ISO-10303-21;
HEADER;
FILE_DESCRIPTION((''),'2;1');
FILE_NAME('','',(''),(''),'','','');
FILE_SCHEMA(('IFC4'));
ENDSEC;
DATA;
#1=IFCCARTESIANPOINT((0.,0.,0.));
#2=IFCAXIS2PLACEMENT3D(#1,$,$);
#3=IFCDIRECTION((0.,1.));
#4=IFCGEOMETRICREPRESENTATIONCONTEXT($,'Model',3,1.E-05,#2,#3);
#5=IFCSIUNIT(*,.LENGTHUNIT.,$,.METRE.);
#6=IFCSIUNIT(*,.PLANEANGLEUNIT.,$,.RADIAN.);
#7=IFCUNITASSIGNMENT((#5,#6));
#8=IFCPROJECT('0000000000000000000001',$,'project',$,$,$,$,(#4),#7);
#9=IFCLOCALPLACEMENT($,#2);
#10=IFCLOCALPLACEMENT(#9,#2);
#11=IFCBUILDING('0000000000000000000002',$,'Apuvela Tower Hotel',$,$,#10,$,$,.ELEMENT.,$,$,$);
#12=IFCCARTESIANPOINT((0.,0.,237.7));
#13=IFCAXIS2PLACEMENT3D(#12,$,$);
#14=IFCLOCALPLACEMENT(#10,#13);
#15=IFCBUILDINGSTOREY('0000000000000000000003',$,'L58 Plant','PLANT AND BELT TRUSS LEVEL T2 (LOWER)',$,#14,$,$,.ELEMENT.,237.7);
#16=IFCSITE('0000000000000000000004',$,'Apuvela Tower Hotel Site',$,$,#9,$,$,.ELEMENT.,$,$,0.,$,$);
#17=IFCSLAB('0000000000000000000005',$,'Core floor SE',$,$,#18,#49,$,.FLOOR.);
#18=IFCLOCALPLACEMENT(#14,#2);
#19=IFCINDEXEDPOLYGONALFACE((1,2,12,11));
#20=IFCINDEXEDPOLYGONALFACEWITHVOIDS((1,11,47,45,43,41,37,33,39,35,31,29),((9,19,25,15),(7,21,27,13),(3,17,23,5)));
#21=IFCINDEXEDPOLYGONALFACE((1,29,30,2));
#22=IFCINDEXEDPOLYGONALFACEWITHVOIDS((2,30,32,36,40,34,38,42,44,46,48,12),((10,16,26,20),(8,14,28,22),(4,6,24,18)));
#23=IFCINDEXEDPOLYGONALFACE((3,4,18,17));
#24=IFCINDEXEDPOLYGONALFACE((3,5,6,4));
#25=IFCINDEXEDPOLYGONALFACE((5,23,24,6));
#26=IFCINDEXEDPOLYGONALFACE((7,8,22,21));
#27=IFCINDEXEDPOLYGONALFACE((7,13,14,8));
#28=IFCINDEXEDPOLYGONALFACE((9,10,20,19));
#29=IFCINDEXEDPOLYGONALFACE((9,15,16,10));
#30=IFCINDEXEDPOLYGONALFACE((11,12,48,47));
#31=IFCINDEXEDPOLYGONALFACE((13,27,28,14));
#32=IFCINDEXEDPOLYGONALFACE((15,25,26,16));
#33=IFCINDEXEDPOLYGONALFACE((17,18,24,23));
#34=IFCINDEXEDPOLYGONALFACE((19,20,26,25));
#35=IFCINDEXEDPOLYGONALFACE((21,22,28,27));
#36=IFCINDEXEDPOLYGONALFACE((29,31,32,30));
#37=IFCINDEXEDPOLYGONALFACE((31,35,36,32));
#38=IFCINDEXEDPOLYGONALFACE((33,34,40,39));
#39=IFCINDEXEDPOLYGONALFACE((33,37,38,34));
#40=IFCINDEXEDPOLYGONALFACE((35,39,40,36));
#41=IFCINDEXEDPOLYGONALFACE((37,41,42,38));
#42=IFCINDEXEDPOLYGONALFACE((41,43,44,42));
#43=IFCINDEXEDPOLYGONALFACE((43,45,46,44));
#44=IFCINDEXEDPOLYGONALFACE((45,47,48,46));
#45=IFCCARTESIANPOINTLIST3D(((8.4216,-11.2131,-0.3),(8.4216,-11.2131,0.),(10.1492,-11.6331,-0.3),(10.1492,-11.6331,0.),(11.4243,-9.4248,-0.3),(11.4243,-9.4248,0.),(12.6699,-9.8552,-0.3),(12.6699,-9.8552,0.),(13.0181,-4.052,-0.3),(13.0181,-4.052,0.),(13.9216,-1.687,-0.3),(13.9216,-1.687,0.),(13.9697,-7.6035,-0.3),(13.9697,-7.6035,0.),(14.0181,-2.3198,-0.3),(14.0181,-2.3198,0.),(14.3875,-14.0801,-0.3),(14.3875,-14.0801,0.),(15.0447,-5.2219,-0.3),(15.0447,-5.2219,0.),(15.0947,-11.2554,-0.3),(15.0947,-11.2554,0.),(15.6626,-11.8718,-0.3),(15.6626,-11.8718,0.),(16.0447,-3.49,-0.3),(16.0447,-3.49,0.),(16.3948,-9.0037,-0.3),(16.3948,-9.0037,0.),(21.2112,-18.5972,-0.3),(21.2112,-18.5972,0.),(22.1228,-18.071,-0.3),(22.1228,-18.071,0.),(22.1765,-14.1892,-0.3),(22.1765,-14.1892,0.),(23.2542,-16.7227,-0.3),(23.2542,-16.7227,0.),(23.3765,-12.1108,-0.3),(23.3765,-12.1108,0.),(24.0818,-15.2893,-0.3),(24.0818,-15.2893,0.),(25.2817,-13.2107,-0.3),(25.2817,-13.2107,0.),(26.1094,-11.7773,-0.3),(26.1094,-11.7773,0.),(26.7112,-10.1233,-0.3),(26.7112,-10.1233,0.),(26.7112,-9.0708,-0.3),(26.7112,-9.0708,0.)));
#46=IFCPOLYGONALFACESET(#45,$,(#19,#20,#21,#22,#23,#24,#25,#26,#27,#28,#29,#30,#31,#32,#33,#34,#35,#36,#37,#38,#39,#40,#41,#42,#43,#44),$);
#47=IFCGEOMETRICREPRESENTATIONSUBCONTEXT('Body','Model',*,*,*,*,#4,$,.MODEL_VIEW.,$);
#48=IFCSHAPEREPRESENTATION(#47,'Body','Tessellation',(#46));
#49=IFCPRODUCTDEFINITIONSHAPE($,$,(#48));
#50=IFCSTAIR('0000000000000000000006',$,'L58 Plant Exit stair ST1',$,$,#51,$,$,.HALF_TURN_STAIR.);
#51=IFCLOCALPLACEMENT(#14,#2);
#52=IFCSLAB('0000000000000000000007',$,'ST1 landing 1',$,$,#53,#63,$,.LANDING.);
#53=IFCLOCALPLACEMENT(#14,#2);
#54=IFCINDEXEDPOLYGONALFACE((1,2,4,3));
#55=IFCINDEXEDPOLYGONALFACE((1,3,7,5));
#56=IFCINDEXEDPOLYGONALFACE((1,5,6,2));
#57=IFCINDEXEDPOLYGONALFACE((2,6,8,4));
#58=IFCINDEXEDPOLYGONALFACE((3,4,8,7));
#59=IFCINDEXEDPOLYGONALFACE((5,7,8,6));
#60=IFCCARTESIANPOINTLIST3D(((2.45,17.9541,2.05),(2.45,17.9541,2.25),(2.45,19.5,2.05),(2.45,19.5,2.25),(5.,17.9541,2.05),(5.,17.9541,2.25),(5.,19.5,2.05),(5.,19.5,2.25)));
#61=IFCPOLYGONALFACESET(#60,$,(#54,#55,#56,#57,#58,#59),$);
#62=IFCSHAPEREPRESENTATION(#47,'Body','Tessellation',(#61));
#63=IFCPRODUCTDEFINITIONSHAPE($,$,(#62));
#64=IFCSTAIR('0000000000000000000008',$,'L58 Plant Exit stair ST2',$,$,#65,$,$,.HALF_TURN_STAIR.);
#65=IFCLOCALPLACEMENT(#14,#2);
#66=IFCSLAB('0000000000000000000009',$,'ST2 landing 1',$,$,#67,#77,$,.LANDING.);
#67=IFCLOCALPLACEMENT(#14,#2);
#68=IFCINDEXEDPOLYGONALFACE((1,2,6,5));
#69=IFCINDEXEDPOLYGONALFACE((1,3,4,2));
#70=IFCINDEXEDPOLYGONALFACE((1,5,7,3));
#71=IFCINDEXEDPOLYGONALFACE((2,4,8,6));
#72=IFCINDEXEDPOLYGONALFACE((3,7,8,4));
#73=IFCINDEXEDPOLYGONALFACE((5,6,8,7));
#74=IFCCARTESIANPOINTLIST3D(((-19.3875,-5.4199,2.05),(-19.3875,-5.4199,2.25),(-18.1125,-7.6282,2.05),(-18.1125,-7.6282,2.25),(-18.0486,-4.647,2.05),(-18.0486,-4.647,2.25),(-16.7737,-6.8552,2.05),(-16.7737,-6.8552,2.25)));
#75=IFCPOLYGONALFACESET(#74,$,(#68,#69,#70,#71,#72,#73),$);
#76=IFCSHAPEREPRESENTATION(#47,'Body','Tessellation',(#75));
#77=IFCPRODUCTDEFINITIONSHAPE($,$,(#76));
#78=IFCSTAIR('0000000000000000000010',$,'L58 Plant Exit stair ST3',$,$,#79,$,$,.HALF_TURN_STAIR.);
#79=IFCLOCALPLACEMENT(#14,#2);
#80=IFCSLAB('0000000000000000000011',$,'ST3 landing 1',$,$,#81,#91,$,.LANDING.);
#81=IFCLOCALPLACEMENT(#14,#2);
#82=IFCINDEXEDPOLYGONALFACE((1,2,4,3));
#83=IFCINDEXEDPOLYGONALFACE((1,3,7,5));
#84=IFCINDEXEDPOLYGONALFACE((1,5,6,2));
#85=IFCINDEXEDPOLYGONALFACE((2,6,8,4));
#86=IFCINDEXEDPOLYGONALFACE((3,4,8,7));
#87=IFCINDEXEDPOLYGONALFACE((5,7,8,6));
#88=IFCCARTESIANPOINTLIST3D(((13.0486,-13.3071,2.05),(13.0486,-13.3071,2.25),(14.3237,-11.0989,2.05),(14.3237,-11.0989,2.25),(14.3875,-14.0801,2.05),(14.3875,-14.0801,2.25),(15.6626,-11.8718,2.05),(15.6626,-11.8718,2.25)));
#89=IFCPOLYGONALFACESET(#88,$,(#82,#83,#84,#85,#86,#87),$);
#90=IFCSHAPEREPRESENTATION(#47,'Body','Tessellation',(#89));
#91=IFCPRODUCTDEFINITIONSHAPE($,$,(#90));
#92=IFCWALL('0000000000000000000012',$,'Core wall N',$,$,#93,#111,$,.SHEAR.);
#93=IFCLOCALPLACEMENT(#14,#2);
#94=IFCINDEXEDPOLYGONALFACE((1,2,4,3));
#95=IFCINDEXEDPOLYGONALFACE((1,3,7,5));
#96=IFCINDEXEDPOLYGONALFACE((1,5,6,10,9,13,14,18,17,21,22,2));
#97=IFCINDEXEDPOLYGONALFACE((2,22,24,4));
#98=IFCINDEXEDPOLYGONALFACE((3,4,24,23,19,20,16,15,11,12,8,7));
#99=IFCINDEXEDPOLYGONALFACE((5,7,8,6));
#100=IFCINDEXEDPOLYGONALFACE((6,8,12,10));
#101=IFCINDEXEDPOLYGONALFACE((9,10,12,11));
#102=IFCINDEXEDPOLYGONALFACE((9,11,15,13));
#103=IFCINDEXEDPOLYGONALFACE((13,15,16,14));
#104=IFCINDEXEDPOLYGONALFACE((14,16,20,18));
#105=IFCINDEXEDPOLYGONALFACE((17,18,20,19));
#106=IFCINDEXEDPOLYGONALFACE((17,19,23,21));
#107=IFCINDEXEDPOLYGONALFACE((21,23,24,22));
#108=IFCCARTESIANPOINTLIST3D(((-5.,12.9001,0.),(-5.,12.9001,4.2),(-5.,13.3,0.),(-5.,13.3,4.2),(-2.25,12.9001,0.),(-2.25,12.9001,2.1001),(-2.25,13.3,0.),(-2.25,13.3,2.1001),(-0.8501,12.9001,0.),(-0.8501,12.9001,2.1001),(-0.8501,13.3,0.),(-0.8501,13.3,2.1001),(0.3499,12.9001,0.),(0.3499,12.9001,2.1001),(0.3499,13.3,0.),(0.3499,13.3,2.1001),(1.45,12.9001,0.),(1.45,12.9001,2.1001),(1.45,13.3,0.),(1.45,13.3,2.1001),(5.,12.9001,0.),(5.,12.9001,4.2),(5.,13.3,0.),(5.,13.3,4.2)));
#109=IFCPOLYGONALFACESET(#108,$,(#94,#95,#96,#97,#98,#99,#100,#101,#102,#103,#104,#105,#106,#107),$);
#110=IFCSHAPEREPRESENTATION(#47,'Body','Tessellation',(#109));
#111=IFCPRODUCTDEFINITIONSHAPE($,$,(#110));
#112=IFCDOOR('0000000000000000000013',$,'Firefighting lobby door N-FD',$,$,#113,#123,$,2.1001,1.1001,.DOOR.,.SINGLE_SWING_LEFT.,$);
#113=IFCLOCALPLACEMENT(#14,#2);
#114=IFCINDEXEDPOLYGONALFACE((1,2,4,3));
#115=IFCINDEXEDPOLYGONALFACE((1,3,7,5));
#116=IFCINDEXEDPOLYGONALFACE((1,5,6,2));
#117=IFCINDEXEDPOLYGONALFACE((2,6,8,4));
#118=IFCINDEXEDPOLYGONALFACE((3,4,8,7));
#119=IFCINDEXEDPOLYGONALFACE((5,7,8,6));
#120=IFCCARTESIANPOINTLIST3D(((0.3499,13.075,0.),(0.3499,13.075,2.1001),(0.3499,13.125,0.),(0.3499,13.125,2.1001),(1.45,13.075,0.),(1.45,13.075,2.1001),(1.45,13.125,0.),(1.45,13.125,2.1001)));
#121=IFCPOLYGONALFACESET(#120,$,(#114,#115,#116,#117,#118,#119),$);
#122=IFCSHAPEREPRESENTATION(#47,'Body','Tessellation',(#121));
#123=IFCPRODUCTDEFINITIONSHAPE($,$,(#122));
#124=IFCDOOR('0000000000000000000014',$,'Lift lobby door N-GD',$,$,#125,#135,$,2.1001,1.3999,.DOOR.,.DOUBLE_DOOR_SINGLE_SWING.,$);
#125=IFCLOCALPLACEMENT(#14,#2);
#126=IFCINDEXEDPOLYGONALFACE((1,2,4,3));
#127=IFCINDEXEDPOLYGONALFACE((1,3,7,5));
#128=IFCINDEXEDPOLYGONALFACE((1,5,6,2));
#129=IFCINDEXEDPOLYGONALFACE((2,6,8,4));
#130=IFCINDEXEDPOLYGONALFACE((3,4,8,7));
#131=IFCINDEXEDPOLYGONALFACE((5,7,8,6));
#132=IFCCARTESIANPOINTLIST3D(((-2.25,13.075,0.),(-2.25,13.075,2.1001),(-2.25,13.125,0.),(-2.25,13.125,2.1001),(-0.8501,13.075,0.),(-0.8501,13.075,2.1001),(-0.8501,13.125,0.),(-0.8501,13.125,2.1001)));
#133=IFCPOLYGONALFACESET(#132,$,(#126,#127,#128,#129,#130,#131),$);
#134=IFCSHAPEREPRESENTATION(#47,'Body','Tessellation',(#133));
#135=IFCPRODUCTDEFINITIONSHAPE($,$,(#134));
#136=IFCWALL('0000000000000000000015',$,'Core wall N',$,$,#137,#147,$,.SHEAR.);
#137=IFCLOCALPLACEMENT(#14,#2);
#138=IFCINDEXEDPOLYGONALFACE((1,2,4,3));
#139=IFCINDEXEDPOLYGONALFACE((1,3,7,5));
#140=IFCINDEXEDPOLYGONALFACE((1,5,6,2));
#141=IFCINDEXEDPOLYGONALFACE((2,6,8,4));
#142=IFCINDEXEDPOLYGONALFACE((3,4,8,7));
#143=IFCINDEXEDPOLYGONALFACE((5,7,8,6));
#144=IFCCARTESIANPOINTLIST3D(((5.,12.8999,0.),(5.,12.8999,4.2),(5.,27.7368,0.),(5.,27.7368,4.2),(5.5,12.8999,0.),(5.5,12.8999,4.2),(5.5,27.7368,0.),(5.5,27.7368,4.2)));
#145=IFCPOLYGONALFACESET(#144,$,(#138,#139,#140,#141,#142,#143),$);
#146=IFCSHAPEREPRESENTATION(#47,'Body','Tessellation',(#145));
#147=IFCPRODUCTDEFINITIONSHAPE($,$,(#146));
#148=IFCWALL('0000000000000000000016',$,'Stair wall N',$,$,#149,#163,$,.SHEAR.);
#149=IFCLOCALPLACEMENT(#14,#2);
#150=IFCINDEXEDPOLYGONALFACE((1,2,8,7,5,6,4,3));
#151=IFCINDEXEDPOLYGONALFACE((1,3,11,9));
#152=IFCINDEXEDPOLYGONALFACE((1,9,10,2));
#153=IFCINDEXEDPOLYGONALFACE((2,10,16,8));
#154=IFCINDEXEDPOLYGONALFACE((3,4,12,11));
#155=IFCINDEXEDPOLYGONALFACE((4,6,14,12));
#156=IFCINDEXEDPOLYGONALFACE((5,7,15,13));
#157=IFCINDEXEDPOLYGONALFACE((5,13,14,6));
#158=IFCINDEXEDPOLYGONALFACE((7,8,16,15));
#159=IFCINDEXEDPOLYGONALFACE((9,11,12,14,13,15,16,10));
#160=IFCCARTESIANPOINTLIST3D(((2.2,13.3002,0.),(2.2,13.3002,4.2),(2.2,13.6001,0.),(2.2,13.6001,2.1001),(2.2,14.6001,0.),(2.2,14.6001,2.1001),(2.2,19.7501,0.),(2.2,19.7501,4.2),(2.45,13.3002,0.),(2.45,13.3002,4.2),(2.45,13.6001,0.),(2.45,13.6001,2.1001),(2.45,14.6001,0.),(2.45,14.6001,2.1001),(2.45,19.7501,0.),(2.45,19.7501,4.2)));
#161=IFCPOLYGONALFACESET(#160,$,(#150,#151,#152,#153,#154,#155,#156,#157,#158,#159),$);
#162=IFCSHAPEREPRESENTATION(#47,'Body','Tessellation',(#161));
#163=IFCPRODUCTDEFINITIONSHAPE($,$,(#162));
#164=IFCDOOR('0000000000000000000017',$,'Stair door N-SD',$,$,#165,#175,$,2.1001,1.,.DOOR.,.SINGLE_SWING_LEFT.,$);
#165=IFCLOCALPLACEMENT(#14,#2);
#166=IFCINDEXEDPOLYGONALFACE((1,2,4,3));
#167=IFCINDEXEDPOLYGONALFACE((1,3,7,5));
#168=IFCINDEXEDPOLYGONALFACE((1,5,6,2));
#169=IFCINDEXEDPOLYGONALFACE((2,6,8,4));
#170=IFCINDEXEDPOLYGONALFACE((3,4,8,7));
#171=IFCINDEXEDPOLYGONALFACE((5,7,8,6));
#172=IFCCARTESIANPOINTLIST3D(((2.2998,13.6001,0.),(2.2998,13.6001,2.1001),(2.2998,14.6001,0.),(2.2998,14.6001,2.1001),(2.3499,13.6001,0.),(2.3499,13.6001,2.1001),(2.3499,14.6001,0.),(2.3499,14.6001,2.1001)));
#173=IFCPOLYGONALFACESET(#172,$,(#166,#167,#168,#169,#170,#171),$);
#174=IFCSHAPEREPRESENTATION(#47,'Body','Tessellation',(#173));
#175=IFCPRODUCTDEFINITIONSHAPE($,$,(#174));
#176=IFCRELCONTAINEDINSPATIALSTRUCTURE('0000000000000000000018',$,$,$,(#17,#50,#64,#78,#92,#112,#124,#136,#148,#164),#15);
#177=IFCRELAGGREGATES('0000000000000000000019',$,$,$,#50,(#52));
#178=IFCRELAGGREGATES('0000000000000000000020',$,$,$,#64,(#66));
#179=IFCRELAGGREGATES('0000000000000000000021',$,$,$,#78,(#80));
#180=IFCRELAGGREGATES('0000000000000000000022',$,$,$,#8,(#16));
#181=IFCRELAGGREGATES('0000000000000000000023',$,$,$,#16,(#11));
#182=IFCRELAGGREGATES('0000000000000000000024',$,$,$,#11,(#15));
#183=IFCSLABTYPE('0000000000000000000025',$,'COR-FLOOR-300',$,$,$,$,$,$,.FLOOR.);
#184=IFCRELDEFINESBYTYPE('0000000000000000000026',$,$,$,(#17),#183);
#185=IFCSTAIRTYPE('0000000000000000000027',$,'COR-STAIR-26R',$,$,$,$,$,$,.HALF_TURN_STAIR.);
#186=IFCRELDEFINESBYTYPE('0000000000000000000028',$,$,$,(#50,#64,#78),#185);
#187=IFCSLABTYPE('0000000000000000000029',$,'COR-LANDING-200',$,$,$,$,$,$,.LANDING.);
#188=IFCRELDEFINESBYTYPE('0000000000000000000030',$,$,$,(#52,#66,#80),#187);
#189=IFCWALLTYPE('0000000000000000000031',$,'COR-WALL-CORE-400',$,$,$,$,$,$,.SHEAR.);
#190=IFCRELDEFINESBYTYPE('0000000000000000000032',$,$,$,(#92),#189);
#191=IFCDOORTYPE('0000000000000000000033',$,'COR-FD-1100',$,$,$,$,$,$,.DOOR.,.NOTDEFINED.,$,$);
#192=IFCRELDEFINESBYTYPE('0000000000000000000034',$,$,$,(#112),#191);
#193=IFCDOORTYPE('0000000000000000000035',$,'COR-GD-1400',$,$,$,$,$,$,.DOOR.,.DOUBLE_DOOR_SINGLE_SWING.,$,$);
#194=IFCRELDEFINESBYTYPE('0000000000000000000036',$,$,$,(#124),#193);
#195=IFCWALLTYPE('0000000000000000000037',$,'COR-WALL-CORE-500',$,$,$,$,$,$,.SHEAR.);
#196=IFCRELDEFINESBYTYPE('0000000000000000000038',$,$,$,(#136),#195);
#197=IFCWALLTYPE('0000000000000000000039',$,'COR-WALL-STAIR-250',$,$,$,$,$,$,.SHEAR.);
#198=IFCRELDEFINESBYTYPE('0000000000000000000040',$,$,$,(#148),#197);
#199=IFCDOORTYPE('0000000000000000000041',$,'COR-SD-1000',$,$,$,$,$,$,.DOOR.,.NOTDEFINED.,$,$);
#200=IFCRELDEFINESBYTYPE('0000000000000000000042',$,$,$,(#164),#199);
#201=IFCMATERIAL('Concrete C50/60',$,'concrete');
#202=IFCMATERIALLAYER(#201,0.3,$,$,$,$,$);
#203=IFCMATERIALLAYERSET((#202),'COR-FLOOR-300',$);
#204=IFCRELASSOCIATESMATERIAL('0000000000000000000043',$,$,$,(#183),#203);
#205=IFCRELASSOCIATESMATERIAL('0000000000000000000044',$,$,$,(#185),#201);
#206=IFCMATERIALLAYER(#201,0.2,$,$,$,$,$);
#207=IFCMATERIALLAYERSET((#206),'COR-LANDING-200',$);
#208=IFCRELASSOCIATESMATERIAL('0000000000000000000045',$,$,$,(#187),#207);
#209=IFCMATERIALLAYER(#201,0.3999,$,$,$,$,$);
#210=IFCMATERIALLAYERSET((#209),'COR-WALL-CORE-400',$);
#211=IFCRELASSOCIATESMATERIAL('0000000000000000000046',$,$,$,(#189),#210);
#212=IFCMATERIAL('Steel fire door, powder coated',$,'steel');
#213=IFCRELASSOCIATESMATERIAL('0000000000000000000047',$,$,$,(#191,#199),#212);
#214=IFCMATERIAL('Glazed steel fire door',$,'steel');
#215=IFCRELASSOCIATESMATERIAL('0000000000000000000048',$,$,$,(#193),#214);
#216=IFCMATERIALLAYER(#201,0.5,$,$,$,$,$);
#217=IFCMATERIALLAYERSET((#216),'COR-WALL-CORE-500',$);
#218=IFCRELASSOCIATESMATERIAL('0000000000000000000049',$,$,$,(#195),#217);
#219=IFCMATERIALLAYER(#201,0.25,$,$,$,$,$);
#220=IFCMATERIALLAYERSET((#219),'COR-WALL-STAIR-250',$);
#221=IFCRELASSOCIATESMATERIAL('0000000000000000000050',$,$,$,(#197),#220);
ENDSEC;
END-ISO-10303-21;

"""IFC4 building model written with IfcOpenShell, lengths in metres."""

from ifc_helpers import new_model, si_unit, direction, frame, frame_2d, origin, place, context, subcontext, project, spatial, polyline, rectangle, outline, extrude, material, layer, layer_set, type_object, element, fill, aggregate, save


model = new_model("IFC4")

# Units and contexts
model_context = context("Model", 3, precision=1e-05, world=origin(), true_north=direction((0.0, 1.0)))
body_context = subcontext(model_context, "Body", "Model", "MODEL_VIEW")
ifc_project = project(units=[si_unit("LENGTHUNIT", "METRE"), si_unit("PLANEANGLEUNIT", "RADIAN")], contexts=[model_context])

# Site, building, storey
site_placement = place(None, origin())
site = spatial("IfcSite", under=ifc_project, at=site_placement, Name="Apuvela Tower Hotel Site", CompositionType="ELEMENT", RefElevation=0.0)
building_placement = place(site_placement, origin())
building = spatial("IfcBuilding", under=site, at=building_placement, Name="Apuvela Tower Hotel", CompositionType="ELEMENT")
storey_placement = place(building_placement, frame((0.0, 0.0, 237.7)))
storey = spatial("IfcBuildingStorey", under=building, at=storey_placement, Name="L58 Plant", Description="PLANT AND BELT TRUSS LEVEL T2 (LOWER)", CompositionType="ELEMENT", Elevation=237.7)

# Slab
ifc_material_1 = material(Name="Concrete C50/60", Category="concrete")
ifc_layer_1 = layer(ifc_material_1, 0.3)
ifc_layer_set_1 = layer_set([ifc_layer_1], Name="COR-FLOOR-300")
slab_type_1 = type_object("IfcSlabType", Name="COR-FLOOR-300", PredefinedType="FLOOR", material=ifc_layer_set_1)
slab_1_placement = place(storey_placement, frame((0.0, 0.0, -0.3)))
element("IfcSlab", 1, at=slab_1_placement, inside=storey, type_object=slab_type_1, Name="Core floor SE", PredefinedType="FLOOR", context=body_context, shape_type="SweptSolid", body=[
    extrude(outline(polyline([(21.2112, -18.5972), (22.1228, -18.071), (23.2542, -16.7227), (24.0818, -15.2893), (22.1765, -14.1892), (23.3765, -12.1108), (25.2817, -13.2107), (26.1094, -11.7773), (26.7112, -10.1233), (26.7112, -9.0708), (13.9216, -1.687), (8.4216, -11.2131), (21.2112, -18.5972)]), holes=[polyline([(14.0181, -2.3198), (16.0447, -3.49), (15.0447, -5.2219), (13.0181, -4.052), (14.0181, -2.3198)]), polyline([(10.1492, -11.6331), (11.4243, -9.4248), (15.6626, -11.8718), (14.3875, -14.0801), (10.1492, -11.6331)]), polyline([(12.6699, -9.8552), (13.9697, -7.6035), (16.3948, -9.0037), (15.0947, -11.2554), (12.6699, -9.8552)])]), origin(), (0.0, 0.0, 1.0), 0.3),
])

# Stairs, slabs
stair_type = type_object("IfcStairType", Name="COR-STAIR-26R", PredefinedType="HALF_TURN_STAIR", material=ifc_material_1)
stair_1_placement = place(storey_placement, origin())
stair_1 = element("IfcStair", 2, at=stair_1_placement, inside=storey, type_object=stair_type, Name="L58 Plant Exit stair ST1", PredefinedType="HALF_TURN_STAIR")
ifc_layer_2 = layer(ifc_material_1, 0.2)
ifc_layer_set_2 = layer_set([ifc_layer_2], Name="COR-LANDING-200")
slab_type_2 = type_object("IfcSlabType", Name="COR-LANDING-200", PredefinedType="LANDING", material=ifc_layer_set_2)
slab_2_placement = place(storey_placement, frame((0.0, 0.0, 2.05)))
slab_2 = element("IfcSlab", 3, at=slab_2_placement, type_object=slab_type_2, Name="ST1 landing 1", PredefinedType="LANDING", context=body_context, shape_type="SweptSolid", body=[
    extrude(outline(polyline([(5.0, 17.9541), (5.0, 19.5), (2.45, 19.5), (2.45, 17.9541), (5.0, 17.9541)])), origin(), (0.0, 0.0, 1.0), 0.2),
])
aggregate(stair_1, [slab_2])
stair_2_placement = place(storey_placement, origin())
stair_2 = element("IfcStair", 4, at=stair_2_placement, inside=storey, type_object=stair_type, Name="L58 Plant Exit stair ST2", PredefinedType="HALF_TURN_STAIR")
slab_3_placement = place(storey_placement, frame((0.0, 0.0, 2.05)))
slab_3 = element("IfcSlab", 5, at=slab_3_placement, type_object=slab_type_2, Name="ST2 landing 1", PredefinedType="LANDING", context=body_context, shape_type="SweptSolid", body=[
    extrude(outline(polyline([(-18.0486, -4.647), (-19.3875, -5.4199), (-18.1125, -7.6282), (-16.7737, -6.8552), (-18.0486, -4.647)])), origin(), (0.0, 0.0, 1.0), 0.2),
])
aggregate(stair_2, [slab_3])
stair_3_placement = place(storey_placement, origin())
stair_3 = element("IfcStair", 6, at=stair_3_placement, inside=storey, type_object=stair_type, Name="L58 Plant Exit stair ST3", PredefinedType="HALF_TURN_STAIR")
slab_4_placement = place(storey_placement, frame((0.0, 0.0, 2.05)))
slab_4 = element("IfcSlab", 7, at=slab_4_placement, type_object=slab_type_2, Name="ST3 landing 1", PredefinedType="LANDING", context=body_context, shape_type="SweptSolid", body=[
    extrude(outline(polyline([(13.0486, -13.3071), (14.3875, -14.0801), (15.6626, -11.8718), (14.3237, -11.0989), (13.0486, -13.3071)])), origin(), (0.0, 0.0, 1.0), 0.2),
])
aggregate(stair_3, [slab_4])

# Wall, openings, doors
ifc_layer_3 = layer(ifc_material_1, 0.3999)
ifc_layer_set_3 = layer_set([ifc_layer_3], Name="COR-WALL-CORE-400")
wall_type_1 = type_object("IfcWallType", Name="COR-WALL-CORE-400", PredefinedType="SHEAR", material=ifc_layer_set_3)
wall_1_placement = place(storey_placement, frame((5.0, 13.1001, 0.0), z_axis=(0.0, 0.0, 1.0), x_axis=(-1.0, 0.0, 0.0)))
wall_1 = element("IfcWall", 8, at=wall_1_placement, inside=storey, type_object=wall_type_1, Name="Core wall N", PredefinedType="SHEAR", context=body_context, shape_type="SweptSolid", body=[
    extrude(rectangle(XDim=10.0, YDim=0.3999, at=frame_2d((5.0, 0.0))), origin(), (0.0, 0.0, 1.0), 4.2),
])
opening_1_placement = place(wall_1_placement, frame((3.55, 0.0, 0.0)))
opening_1 = element("IfcOpeningElement", 9, at=opening_1_placement, cuts=wall_1, PredefinedType="OPENING", context=body_context, shape_type="SweptSolid", body=[
    extrude(rectangle(XDim=1.1001, YDim=2.1001, at=frame_2d((0.55, 1.05))), frame((0.0, 0.21, 0.0), z_axis=(0.0, -1.0, 0.0), x_axis=(1.0, 0.0, 0.0)), (0.0, 0.0, 1.0), 0.4199),
])
opening_2_placement = place(wall_1_placement, frame((5.8501, 0.0, 0.0)))
opening_2 = element("IfcOpeningElement", 10, at=opening_2_placement, cuts=wall_1, PredefinedType="OPENING", context=body_context, shape_type="SweptSolid", body=[
    extrude(rectangle(XDim=1.3999, YDim=2.1001, at=frame_2d((0.7, 1.05))), frame((0.0, 0.21, 0.0), z_axis=(0.0, -1.0, 0.0), x_axis=(1.0, 0.0, 0.0)), (0.0, 0.0, 1.0), 0.4199),
])
ifc_material_2 = material(Name="Steel fire door, powder coated", Category="steel")
door_type_1 = type_object("IfcDoorType", Name="COR-FD-1100", OperationType="NOTDEFINED", PredefinedType="DOOR", material=ifc_material_2)
door_1_placement = place(opening_1_placement, frame((1.1001, 0.0, 0.0), z_axis=(0.0, 0.0, 1.0), x_axis=(-1.0, 0.0, 0.0)))
door_1 = element("IfcDoor", 11, at=door_1_placement, inside=storey, type_object=door_type_1, Name="Firefighting lobby door N-FD", OperationType="SINGLE_SWING_LEFT", OverallHeight=2.1001, OverallWidth=1.1001, PredefinedType="DOOR", context=body_context, shape_type="SweptSolid", body=[
    extrude(rectangle(XDim=1.1001, YDim=2.1001, at=frame_2d((0.55, 1.05))), frame((0.0, 0.0249, 0.0), z_axis=(0.0, -1.0, 0.0), x_axis=(1.0, 0.0, 0.0)), (0.0, 0.0, 1.0), 0.05),
])
fill(opening_1, door_1)
ifc_material_3 = material(Name="Glazed steel fire door", Category="steel")
door_type_2 = type_object("IfcDoorType", Name="COR-GD-1400", OperationType="DOUBLE_DOOR_SINGLE_SWING", PredefinedType="DOOR", material=ifc_material_3)
door_2_placement = place(opening_2_placement, frame((1.3999, 0.0, 0.0), z_axis=(0.0, 0.0, 1.0), x_axis=(-1.0, 0.0, 0.0)))
door_2 = element("IfcDoor", 12, at=door_2_placement, inside=storey, type_object=door_type_2, Name="Lift lobby door N-GD", OperationType="DOUBLE_DOOR_SINGLE_SWING", OverallHeight=2.1001, OverallWidth=1.3999, PredefinedType="DOOR", context=body_context, shape_type="SweptSolid", body=[
    extrude(rectangle(XDim=1.3999, YDim=2.1001, at=frame_2d((0.7, 1.05))), frame((0.0, 0.0249, 0.0), z_axis=(0.0, -1.0, 0.0), x_axis=(1.0, 0.0, 0.0)), (0.0, 0.0, 1.0), 0.05),
])
fill(opening_2, door_2)

# Wall
ifc_layer_4 = layer(ifc_material_1, 0.5)
ifc_layer_set_4 = layer_set([ifc_layer_4], Name="COR-WALL-CORE-500")
wall_type_2 = type_object("IfcWallType", Name="COR-WALL-CORE-500", PredefinedType="SHEAR", material=ifc_layer_set_4)
wall_2_placement = place(storey_placement, frame((5.25, 12.8999, 0.0), z_axis=(0.0, 0.0, 1.0), x_axis=(0.0, 1.0, 0.0)))
element("IfcWall", 13, at=wall_2_placement, inside=storey, type_object=wall_type_2, Name="Core wall N", PredefinedType="SHEAR", context=body_context, shape_type="SweptSolid", body=[
    extrude(rectangle(XDim=14.8369, YDim=0.5, at=frame_2d((7.4185, 0.0))), origin(), (0.0, 0.0, 1.0), 4.2),
])

# Wall, opening, door
ifc_layer_5 = layer(ifc_material_1, 0.25)
ifc_layer_set_5 = layer_set([ifc_layer_5], Name="COR-WALL-STAIR-250")
wall_type_3 = type_object("IfcWallType", Name="COR-WALL-STAIR-250", PredefinedType="SHEAR", material=ifc_layer_set_5)
wall_3_placement = place(storey_placement, frame((2.325, 13.3, 0.0), z_axis=(0.0, 0.0, 1.0), x_axis=(0.0, 1.0, 0.0)))
wall_3 = element("IfcWall", 14, at=wall_3_placement, inside=storey, type_object=wall_type_3, Name="Stair wall N", PredefinedType="SHEAR", context=body_context, shape_type="SweptSolid", body=[
    extrude(rectangle(XDim=6.45, YDim=0.25, at=frame_2d((3.2251, 0.0))), origin(), (0.0, 0.0, 1.0), 4.2),
])
opening_3_placement = place(wall_3_placement, frame((0.3, 0.0, 0.0)))
opening_3 = element("IfcOpeningElement", 15, at=opening_3_placement, cuts=wall_3, PredefinedType="OPENING", context=body_context, shape_type="SweptSolid", body=[
    extrude(rectangle(XDim=1.0, YDim=2.1001, at=frame_2d((0.5, 1.05))), frame((0.0, 0.135, 0.0), z_axis=(0.0, -1.0, 0.0), x_axis=(1.0, 0.0, 0.0)), (0.0, 0.0, 1.0), 0.27),
])
door_type_3 = type_object("IfcDoorType", Name="COR-SD-1000", OperationType="NOTDEFINED", PredefinedType="DOOR", material=ifc_material_2)
door_3_placement = place(opening_3_placement, frame((1.0, 0.0, 0.0), z_axis=(0.0, 0.0, 1.0), x_axis=(-1.0, 0.0, 0.0)))
door_3 = element("IfcDoor", 16, at=door_3_placement, inside=storey, type_object=door_type_3, Name="Stair door N-SD", OperationType="SINGLE_SWING_LEFT", OverallHeight=2.1001, OverallWidth=1.0, PredefinedType="DOOR", context=body_context, shape_type="SweptSolid", body=[
    extrude(rectangle(XDim=1.0, YDim=2.1001, at=frame_2d((0.5, 1.05))), frame((0.0, 0.0249, 0.0), z_axis=(0.0, -1.0, 0.0), x_axis=(1.0, 0.0, 0.0)), (0.0, 0.0, 1.0), 0.05),
])
fill(opening_3, door_3)

save(model, "model.ifc")
